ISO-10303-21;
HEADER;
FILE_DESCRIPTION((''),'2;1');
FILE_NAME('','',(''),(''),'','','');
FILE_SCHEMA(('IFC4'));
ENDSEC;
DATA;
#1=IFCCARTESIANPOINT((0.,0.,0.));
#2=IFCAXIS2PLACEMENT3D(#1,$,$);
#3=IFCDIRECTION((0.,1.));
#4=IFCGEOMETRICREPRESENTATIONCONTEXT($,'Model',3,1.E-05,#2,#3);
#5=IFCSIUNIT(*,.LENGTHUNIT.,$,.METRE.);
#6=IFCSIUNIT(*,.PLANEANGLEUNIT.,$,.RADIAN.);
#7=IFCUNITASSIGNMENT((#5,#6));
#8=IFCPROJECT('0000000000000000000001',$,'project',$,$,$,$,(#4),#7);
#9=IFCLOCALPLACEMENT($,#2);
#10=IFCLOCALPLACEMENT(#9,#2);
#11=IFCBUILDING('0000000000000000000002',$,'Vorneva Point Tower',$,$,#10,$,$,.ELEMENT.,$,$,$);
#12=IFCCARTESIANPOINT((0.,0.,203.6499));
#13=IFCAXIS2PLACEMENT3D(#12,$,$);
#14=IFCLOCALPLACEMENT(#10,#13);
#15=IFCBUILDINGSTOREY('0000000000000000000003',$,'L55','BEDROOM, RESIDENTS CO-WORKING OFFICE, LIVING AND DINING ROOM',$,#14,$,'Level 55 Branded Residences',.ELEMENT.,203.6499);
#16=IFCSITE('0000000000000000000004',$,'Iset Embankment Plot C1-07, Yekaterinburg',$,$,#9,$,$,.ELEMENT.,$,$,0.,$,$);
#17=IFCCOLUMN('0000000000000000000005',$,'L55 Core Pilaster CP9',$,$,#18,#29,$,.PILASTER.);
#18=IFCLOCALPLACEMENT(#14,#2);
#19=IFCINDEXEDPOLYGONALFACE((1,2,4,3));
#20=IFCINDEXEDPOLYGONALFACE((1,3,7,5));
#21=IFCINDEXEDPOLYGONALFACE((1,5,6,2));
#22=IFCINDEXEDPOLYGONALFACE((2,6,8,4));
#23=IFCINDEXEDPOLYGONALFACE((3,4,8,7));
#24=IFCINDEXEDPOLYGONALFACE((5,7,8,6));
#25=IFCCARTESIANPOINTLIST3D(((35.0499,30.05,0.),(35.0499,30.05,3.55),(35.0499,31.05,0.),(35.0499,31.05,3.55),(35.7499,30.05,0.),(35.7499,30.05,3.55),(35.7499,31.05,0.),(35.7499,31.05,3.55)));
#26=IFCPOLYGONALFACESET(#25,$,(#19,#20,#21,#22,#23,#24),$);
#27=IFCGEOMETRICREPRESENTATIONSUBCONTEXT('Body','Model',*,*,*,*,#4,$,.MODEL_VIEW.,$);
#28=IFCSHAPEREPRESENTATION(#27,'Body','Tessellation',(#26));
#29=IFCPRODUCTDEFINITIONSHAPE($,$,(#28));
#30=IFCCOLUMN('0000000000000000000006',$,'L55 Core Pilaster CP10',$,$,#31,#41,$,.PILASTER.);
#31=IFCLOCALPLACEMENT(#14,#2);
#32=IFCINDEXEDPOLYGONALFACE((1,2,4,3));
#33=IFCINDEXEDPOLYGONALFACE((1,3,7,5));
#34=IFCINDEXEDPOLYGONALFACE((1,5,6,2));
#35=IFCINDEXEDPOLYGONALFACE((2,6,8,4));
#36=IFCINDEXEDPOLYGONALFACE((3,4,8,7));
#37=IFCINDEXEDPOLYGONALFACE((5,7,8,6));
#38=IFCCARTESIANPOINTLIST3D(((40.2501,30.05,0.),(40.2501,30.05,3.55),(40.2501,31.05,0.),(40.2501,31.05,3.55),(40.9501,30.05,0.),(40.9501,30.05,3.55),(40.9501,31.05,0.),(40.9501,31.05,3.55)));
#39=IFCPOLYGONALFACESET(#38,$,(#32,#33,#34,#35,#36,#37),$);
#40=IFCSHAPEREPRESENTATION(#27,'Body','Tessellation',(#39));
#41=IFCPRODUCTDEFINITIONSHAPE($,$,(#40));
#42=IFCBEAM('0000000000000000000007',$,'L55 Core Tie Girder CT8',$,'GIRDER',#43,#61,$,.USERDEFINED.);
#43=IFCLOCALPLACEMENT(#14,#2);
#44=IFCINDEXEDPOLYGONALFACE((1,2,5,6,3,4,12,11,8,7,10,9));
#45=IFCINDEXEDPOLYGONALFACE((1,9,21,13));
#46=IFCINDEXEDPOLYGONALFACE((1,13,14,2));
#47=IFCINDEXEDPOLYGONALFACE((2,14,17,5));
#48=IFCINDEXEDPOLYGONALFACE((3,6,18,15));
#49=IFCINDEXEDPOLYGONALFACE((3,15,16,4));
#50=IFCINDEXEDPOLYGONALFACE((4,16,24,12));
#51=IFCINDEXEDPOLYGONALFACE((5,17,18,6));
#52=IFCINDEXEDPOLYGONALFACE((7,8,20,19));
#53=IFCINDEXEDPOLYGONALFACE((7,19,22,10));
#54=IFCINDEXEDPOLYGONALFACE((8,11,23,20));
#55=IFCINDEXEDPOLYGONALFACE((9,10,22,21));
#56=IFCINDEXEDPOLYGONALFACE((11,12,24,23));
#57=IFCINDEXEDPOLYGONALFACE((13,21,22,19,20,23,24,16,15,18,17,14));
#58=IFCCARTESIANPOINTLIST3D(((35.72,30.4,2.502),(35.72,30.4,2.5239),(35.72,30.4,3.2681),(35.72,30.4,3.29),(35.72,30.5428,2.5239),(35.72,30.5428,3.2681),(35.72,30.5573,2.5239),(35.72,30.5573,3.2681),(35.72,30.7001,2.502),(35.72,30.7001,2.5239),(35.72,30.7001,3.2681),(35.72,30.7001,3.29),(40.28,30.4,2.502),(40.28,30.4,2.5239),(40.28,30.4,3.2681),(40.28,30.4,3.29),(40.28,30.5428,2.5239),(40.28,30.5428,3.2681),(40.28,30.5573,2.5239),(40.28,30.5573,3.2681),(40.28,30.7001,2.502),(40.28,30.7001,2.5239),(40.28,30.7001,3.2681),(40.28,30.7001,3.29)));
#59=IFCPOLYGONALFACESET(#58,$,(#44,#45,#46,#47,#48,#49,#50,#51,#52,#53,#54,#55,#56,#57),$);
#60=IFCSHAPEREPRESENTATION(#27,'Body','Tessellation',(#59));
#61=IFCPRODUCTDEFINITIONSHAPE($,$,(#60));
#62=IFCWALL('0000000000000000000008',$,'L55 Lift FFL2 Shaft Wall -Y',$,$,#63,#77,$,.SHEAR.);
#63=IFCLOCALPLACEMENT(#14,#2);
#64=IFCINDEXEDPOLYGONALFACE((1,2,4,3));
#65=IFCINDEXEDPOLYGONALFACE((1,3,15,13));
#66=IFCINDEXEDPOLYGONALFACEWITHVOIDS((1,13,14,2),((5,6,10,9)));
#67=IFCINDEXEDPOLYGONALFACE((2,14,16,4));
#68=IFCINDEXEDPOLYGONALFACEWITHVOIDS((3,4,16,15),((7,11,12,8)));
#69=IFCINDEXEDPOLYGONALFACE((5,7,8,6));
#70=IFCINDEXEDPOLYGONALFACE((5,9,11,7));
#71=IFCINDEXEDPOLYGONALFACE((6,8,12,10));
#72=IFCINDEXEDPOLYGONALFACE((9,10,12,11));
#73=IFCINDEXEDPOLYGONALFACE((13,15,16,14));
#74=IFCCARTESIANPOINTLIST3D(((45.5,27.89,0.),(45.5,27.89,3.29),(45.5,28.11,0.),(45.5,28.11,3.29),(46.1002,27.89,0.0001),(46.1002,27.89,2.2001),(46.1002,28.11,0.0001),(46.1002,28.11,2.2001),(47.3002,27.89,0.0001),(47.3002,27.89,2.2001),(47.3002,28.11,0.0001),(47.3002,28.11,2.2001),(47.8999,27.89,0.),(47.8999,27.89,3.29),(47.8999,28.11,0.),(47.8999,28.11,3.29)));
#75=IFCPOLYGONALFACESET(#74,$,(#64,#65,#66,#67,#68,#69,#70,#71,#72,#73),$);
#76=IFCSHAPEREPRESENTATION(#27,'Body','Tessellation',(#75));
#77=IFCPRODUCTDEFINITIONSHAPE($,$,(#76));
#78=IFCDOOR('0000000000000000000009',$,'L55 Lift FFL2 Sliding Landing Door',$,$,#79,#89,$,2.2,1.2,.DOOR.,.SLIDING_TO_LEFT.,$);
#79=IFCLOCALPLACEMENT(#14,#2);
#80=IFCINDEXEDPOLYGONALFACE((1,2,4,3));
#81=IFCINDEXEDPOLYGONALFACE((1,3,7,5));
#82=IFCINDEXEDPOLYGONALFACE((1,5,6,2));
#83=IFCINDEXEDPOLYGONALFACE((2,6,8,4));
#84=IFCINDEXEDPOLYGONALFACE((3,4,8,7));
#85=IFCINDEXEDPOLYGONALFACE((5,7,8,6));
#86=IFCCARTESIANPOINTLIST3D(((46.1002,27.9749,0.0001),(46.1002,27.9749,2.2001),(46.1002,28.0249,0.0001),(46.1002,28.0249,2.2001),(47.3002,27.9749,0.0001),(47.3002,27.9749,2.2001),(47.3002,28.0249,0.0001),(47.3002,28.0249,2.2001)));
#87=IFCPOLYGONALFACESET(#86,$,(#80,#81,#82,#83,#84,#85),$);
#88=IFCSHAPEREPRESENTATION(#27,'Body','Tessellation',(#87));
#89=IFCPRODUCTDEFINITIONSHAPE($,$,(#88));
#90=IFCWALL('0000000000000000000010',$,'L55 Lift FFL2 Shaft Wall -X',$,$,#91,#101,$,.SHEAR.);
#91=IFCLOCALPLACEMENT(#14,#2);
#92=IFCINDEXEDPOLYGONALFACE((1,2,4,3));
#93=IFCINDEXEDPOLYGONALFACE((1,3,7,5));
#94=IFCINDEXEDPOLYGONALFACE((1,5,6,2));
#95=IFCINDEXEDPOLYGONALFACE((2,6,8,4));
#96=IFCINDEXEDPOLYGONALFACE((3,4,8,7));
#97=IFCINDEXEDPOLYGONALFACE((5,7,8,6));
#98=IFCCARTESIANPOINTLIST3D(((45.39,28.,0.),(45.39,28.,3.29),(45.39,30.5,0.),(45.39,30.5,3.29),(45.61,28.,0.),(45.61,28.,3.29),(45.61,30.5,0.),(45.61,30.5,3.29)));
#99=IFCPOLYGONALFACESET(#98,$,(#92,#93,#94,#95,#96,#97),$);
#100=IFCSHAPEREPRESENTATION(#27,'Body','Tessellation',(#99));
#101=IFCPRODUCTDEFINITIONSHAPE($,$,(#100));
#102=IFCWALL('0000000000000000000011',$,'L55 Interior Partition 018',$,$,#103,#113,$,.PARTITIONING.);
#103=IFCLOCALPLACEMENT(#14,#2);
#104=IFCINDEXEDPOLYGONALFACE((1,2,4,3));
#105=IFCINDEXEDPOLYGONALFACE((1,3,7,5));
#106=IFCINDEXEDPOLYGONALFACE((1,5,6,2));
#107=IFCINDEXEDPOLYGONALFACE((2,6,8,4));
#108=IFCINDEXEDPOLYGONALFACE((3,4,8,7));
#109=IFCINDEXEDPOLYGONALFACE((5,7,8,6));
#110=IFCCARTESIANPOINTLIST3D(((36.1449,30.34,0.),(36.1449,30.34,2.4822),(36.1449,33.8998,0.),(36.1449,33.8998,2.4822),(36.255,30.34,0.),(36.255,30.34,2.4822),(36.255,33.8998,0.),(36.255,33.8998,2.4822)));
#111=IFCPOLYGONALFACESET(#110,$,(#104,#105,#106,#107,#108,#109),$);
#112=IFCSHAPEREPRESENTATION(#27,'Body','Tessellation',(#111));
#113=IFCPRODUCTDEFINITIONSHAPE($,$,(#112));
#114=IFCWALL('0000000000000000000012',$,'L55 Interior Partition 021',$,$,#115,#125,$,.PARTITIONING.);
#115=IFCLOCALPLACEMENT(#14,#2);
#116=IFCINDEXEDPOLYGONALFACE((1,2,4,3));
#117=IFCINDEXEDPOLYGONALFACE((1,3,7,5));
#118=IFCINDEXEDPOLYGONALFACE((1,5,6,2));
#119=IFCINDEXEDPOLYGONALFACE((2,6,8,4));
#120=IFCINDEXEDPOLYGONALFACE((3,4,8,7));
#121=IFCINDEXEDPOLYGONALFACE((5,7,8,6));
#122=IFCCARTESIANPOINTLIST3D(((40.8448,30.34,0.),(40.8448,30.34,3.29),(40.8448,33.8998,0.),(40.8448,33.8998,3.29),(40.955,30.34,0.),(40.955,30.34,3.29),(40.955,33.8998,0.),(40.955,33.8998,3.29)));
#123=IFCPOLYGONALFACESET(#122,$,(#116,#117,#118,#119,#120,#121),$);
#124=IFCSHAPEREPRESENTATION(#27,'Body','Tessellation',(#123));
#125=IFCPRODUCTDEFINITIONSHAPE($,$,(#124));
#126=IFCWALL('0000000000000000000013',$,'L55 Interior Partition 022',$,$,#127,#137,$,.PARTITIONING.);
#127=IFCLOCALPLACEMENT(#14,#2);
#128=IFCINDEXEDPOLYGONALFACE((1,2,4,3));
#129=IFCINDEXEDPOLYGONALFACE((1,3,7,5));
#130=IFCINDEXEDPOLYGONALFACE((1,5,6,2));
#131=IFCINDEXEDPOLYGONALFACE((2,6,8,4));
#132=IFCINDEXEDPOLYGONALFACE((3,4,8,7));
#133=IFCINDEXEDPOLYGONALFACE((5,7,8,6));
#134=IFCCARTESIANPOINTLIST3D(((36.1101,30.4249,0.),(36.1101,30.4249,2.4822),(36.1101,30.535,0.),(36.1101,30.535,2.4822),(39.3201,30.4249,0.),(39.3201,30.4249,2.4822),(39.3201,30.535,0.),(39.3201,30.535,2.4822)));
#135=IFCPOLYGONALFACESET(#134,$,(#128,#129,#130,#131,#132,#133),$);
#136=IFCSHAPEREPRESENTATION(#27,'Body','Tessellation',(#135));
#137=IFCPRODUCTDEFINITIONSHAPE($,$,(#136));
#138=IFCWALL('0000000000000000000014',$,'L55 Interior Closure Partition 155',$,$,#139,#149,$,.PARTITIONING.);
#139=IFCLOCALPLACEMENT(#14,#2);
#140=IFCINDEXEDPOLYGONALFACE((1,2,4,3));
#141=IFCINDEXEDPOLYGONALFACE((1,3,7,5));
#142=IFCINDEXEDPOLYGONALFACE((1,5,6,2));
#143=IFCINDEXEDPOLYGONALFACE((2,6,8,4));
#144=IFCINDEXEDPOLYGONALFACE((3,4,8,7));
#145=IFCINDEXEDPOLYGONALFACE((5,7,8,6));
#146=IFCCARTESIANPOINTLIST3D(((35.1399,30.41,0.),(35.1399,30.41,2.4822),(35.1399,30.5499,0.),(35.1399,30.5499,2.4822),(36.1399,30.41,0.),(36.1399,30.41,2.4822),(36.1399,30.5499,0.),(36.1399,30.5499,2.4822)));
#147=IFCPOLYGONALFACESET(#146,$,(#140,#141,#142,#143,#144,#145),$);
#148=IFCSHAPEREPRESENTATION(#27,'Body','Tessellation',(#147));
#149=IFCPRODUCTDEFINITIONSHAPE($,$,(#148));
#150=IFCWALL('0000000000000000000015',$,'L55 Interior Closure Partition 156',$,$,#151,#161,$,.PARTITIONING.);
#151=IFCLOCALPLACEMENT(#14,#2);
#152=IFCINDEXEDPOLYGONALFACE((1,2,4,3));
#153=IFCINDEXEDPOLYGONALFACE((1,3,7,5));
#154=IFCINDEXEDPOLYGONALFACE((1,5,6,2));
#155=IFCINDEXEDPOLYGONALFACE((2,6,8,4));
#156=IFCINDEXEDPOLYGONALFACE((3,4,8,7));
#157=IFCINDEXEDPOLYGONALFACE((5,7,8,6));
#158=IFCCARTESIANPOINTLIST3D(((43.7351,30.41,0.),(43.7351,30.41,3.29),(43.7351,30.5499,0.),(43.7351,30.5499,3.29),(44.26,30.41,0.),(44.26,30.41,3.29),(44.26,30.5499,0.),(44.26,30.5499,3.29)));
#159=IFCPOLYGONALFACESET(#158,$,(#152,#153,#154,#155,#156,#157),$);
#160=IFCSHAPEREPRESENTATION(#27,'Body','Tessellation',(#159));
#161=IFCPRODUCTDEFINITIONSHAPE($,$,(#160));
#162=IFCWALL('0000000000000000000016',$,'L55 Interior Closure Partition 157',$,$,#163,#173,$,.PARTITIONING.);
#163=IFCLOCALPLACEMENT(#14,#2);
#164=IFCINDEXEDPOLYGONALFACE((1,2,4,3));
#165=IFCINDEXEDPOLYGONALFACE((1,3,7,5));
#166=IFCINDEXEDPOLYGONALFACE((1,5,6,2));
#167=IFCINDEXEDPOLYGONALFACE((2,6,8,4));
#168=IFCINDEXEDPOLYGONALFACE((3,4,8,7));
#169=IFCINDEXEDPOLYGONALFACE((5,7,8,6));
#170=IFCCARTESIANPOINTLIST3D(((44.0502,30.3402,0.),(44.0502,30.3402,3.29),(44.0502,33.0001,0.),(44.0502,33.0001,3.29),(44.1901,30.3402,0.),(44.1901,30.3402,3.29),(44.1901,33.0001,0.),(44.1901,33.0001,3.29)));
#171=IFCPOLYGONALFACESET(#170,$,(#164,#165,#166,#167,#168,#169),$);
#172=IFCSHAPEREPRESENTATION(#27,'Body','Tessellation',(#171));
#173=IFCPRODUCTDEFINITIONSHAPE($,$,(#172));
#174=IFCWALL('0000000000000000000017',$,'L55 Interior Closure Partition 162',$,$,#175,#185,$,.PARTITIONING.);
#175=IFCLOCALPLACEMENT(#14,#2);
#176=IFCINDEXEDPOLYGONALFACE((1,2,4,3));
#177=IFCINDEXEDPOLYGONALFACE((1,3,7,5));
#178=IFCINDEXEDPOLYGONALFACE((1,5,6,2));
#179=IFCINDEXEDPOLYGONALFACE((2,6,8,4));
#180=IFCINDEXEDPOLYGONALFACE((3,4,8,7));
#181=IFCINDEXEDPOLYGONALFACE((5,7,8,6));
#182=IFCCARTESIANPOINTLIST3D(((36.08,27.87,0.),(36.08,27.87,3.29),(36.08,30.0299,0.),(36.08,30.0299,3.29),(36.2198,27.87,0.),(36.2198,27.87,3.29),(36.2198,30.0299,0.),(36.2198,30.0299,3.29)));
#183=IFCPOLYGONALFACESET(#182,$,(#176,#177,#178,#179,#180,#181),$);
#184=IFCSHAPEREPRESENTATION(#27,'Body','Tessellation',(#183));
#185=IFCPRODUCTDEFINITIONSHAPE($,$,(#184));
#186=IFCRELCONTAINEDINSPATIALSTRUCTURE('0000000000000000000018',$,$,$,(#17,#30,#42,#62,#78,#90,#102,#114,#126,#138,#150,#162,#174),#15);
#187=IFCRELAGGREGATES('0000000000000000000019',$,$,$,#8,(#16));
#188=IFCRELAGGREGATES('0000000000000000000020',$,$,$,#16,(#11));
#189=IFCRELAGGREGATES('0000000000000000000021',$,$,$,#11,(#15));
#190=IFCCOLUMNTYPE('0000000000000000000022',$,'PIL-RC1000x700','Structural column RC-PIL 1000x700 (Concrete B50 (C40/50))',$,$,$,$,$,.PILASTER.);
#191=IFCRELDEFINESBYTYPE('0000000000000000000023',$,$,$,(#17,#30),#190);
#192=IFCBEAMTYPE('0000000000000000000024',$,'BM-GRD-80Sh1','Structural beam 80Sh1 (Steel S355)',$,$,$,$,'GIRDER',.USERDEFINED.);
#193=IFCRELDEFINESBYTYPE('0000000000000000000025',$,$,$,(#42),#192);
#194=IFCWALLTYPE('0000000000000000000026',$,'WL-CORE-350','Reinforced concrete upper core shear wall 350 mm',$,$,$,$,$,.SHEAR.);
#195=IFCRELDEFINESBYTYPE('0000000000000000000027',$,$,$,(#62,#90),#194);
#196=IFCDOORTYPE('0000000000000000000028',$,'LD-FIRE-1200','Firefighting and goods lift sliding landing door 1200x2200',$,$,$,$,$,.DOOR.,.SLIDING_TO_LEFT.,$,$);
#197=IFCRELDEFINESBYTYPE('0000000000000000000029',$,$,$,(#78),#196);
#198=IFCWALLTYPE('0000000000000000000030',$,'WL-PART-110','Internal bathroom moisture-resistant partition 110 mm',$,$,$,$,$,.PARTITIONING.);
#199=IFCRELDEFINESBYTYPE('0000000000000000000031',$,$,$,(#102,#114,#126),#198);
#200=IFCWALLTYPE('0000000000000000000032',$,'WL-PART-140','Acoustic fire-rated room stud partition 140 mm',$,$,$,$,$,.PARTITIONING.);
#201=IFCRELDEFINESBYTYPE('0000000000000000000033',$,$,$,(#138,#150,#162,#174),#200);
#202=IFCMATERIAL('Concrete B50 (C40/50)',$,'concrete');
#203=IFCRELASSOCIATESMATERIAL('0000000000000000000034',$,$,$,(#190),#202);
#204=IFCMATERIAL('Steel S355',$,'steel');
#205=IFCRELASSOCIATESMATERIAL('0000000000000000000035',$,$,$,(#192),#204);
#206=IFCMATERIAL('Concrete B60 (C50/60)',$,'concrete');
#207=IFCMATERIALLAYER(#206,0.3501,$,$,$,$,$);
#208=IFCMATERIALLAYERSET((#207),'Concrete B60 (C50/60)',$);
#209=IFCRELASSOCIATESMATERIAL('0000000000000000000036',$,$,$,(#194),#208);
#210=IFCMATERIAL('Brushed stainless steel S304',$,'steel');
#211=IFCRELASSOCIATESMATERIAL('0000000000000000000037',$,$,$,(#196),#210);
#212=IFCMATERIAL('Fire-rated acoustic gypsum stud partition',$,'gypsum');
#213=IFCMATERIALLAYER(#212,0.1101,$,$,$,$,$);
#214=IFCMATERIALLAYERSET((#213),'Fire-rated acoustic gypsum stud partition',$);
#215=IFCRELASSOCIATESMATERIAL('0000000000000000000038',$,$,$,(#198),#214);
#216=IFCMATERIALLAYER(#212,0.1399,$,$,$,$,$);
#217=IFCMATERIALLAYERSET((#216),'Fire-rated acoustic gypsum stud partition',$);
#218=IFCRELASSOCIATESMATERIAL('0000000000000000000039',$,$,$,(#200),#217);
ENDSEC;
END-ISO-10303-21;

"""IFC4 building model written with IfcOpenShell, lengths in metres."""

from ifc_helpers import new_model, si_unit, direction, frame, frame_2d, origin, origin_2d, place, context, subcontext, project, spatial, rectangle, i_section, extrude, material, layer, layer_set, material_profile, profile_set, type_object, element, fill, save


model = new_model("IFC4")

# Units and contexts
model_context = context("Model", 3, precision=1e-05, world=origin(), true_north=direction((0.0, 1.0)))
body_context = subcontext(model_context, "Body", "Model", "MODEL_VIEW")
ifc_project = project(units=[si_unit("LENGTHUNIT", "METRE"), si_unit("PLANEANGLEUNIT", "RADIAN")], contexts=[model_context])

# Site, building, storey
site_placement = place(None, origin())
site = spatial("IfcSite", under=ifc_project, at=site_placement, Name="Iset Embankment Plot C1-07, Yekaterinburg", CompositionType="ELEMENT", RefElevation=0.0)
building_placement = place(site_placement, origin())
building = spatial("IfcBuilding", under=site, at=building_placement, Name="Vorneva Point Tower", CompositionType="ELEMENT")
storey_placement = place(building_placement, frame((0.0, 0.0, 203.6499)))
storey = spatial("IfcBuildingStorey", under=building, at=storey_placement, Name="L55", Description="BEDROOM, RESIDENTS CO-WORKING OFFICE, LIVING AND DINING ROOM", LongName="Level 55 Branded Residences", CompositionType="ELEMENT", Elevation=203.6499)

# Columns
ifc_material_1 = material(Name="Concrete B50 (C40/50)", Category="concrete")
ifc_material_profile_1 = material_profile(ifc_material_1, rectangle(XDim=0.7, YDim=1.0, at=origin_2d()), Name="RC-PIL 1000x700")
ifc_profile_set_1 = profile_set([ifc_material_profile_1], Name="Concrete B50 (C40/50)")
column_type = type_object("IfcColumnType", Name="PIL-RC1000x700", Description="Structural column RC-PIL 1000x700 (Concrete B50 (C40/50))", PredefinedType="PILASTER", material=ifc_profile_set_1)
for number, where, z_axis, x_axis, name in (
    (1, (35.3999, 30.55, 0.0), (0.0, 0.0, 1.0), (1.0, 0.0, 0.0), "L55 Core Pilaster CP9"),
    (2, (40.6001, 30.55, 0.0), (0.0, 0.0, 1.0), (1.0, 0.0, 0.0), "L55 Core Pilaster CP10"),
):
    element("IfcColumn", number, at=place(storey_placement, frame(where, z_axis=z_axis, x_axis=x_axis)), inside=storey, type_object=column_type, Name=name, PredefinedType="PILASTER", context=body_context, shape_type="SweptSolid", body=[
        extrude(rectangle(XDim=0.7, YDim=1.0, at=origin_2d()), origin(), (0.0, 0.0, 1.0), 3.55),
    ])

# Beam
ifc_material_2 = material(Name="Steel S355", Category="steel")
ifc_material_profile_2 = material_profile(ifc_material_2, i_section(OverallWidth=0.3, OverallDepth=0.7881, WebThickness=0.0144, FlangeThickness=0.022, at=origin_2d()), Name="80Sh1")
ifc_profile_set_2 = profile_set([ifc_material_profile_2], Name="Steel S355")
beam_type = type_object("IfcBeamType", Name="BM-GRD-80Sh1", Description="Structural beam 80Sh1 (Steel S355)", ElementType="GIRDER", PredefinedType="USERDEFINED", material=ifc_profile_set_2)
beam_placement = place(storey_placement, frame((35.72, 30.55, 2.896), z_axis=(1.0, 0.0, 0.0), x_axis=(0.0, 1.0, 0.0)))
element("IfcBeam", 3, at=beam_placement, inside=storey, type_object=beam_type, Name="L55 Core Tie Girder CT8", ObjectType="GIRDER", PredefinedType="USERDEFINED", context=body_context, shape_type="SweptSolid", body=[
    extrude(i_section(OverallWidth=0.3, OverallDepth=0.7881, WebThickness=0.0144, FlangeThickness=0.022, at=origin_2d()), origin(), (0.0, 0.0, 1.0), 4.5601),
])

# Wall, opening, door
ifc_material_3 = material(Name="Concrete B60 (C50/60)", Category="concrete")
ifc_layer_1 = layer(ifc_material_3, 0.3501)
ifc_layer_set_1 = layer_set([ifc_layer_1], Name="Concrete B60 (C50/60)")
wall_type_1 = type_object("IfcWallType", Name="WL-CORE-350", Description="Reinforced concrete upper core shear wall 350 mm", PredefinedType="SHEAR", material=ifc_layer_set_1)
wall_1_placement = place(storey_placement, frame((45.5, 28.0, 0.0), z_axis=(0.0, 0.0, 1.0), x_axis=(1.0, 0.0, 0.0)))
wall_1 = element("IfcWall", 4, at=wall_1_placement, inside=storey, type_object=wall_type_1, Name="L55 Lift FFL2 Shaft Wall -Y", PredefinedType="SHEAR", context=body_context, shape_type="SweptSolid", body=[
    extrude(rectangle(XDim=2.3999, YDim=0.22, at=frame_2d((1.2, 0.0))), origin(), (0.0, 0.0, 1.0), 3.29),
])
opening_1_placement = place(wall_1_placement, frame((0.6001, 0.0, 0.0)))
opening_1 = element("IfcOpeningElement", 5, at=opening_1_placement, cuts=wall_1, PredefinedType="OPENING", context=body_context, shape_type="SweptSolid", body=[
    extrude(rectangle(XDim=1.2, YDim=2.2, at=frame_2d((0.6001, 1.1001))), frame((0.0, 0.125, 0.0), z_axis=(0.0, -1.0, 0.0), x_axis=(1.0, 0.0, 0.0)), (0.0, 0.0, 1.0), 0.2498),
])
ifc_material_4 = material(Name="Brushed stainless steel S304", Category="steel")
door_type_1 = type_object("IfcDoorType", Name="LD-FIRE-1200", Description="Firefighting and goods lift sliding landing door 1200x2200", OperationType="SLIDING_TO_LEFT", PredefinedType="DOOR", material=ifc_material_4)
door_1_placement = place(opening_1_placement, origin())
door_1 = element("IfcDoor", 6, at=door_1_placement, inside=storey, type_object=door_type_1, Name="L55 Lift FFL2 Sliding Landing Door", OperationType="SLIDING_TO_LEFT", OverallHeight=2.2, OverallWidth=1.2, PredefinedType="DOOR", context=body_context, shape_type="SweptSolid", body=[
    extrude(rectangle(XDim=1.2, YDim=2.2, at=frame_2d((0.6001, 1.1001))), frame((0.0, 0.0249, 0.0), z_axis=(0.0, -1.0, 0.0), x_axis=(1.0, 0.0, 0.0)), (0.0, 0.0, 1.0), 0.05),
])
fill(opening_1, door_1)

# Walls
wall_2_placement = place(storey_placement, frame((45.5, 30.5, 0.0), z_axis=(0.0, 0.0, 1.0), x_axis=(0.0, -1.0, 0.0)))
element("IfcWall", 7, at=wall_2_placement, inside=storey, type_object=wall_type_1, Name="L55 Lift FFL2 Shaft Wall -X", PredefinedType="SHEAR", context=body_context, shape_type="SweptSolid", body=[
    extrude(rectangle(XDim=2.5, YDim=0.22, at=frame_2d((1.25, 0.0))), origin(), (0.0, 0.0, 1.0), 3.29),
])
ifc_material_5 = material(Name="Fire-rated acoustic gypsum stud partition", Category="gypsum")
ifc_layer_2 = layer(ifc_material_5, 0.1101)
ifc_layer_set_2 = layer_set([ifc_layer_2], Name="Fire-rated acoustic gypsum stud partition")
wall_type_2 = type_object("IfcWallType", Name="WL-PART-110", Description="Internal bathroom moisture-resistant partition 110 mm", PredefinedType="PARTITIONING", material=ifc_layer_set_2)
wall_3_placement = place(storey_placement, frame((36.2, 30.3401, 0.0), z_axis=(0.0, 0.0, 1.0), x_axis=(0.0, 1.0, 0.0)))
element("IfcWall", 8, at=wall_3_placement, inside=storey, type_object=wall_type_2, Name="L55 Interior Partition 018", PredefinedType="PARTITIONING", context=body_context, shape_type="SweptSolid", body=[
    extrude(rectangle(XDim=3.5598, YDim=0.1101, at=frame_2d((1.7798, 0.0))), origin(), (0.0, 0.0, 1.0), 2.4822),
])
wall_4_placement = place(storey_placement, frame((40.8999, 30.3401, 0.0), z_axis=(0.0, 0.0, 1.0), x_axis=(0.0, 1.0, 0.0)))
element("IfcWall", 9, at=wall_4_placement, inside=storey, type_object=wall_type_2, Name="L55 Interior Partition 021", PredefinedType="PARTITIONING", context=body_context, shape_type="SweptSolid", body=[
    extrude(rectangle(XDim=3.5598, YDim=0.1101, at=frame_2d((1.7798, 0.0))), origin(), (0.0, 0.0, 1.0), 3.29),
])
wall_5_placement = place(storey_placement, frame((36.1101, 30.48, 0.0), z_axis=(0.0, 0.0, 1.0), x_axis=(1.0, 0.0, 0.0)))
element("IfcWall", 10, at=wall_5_placement, inside=storey, type_object=wall_type_2, Name="L55 Interior Partition 022", PredefinedType="PARTITIONING", context=body_context, shape_type="SweptSolid", body=[
    extrude(rectangle(XDim=3.21, YDim=0.1101, at=frame_2d((1.605, 0.0))), origin(), (0.0, 0.0, 1.0), 2.4822),
])
ifc_layer_3 = layer(ifc_material_5, 0.1399)
ifc_layer_set_3 = layer_set([ifc_layer_3], Name="Fire-rated acoustic gypsum stud partition")
wall_type_3 = type_object("IfcWallType", Name="WL-PART-140", Description="Acoustic fire-rated room stud partition 140 mm", PredefinedType="PARTITIONING", material=ifc_layer_set_3)
wall_6_placement = place(storey_placement, frame((35.1399, 30.48, 0.0), z_axis=(0.0, 0.0, 1.0), x_axis=(1.0, 0.0, 0.0)))
element("IfcWall", 11, at=wall_6_placement, inside=storey, type_object=wall_type_3, Name="L55 Interior Closure Partition 155", PredefinedType="PARTITIONING", context=body_context, shape_type="SweptSolid", body=[
    extrude(rectangle(XDim=1.0, YDim=0.1399, at=frame_2d((0.5, 0.0))), origin(), (0.0, 0.0, 1.0), 2.4822),
])
wall_7_placement = place(storey_placement, frame((43.7351, 30.48, 0.0), z_axis=(0.0, 0.0, 1.0), x_axis=(1.0, 0.0, 0.0)))
element("IfcWall", 12, at=wall_7_placement, inside=storey, type_object=wall_type_3, Name="L55 Interior Closure Partition 156", PredefinedType="PARTITIONING", context=body_context, shape_type="SweptSolid", body=[
    extrude(rectangle(XDim=0.5249, YDim=0.1399, at=frame_2d((0.2625, 0.0))), origin(), (0.0, 0.0, 1.0), 3.29),
])
wall_8_placement = place(storey_placement, frame((44.1201, 30.3401, 0.0), z_axis=(0.0, 0.0, 1.0), x_axis=(0.0, 1.0, 0.0)))
element("IfcWall", 13, at=wall_8_placement, inside=storey, type_object=wall_type_3, Name="L55 Interior Closure Partition 157", PredefinedType="PARTITIONING", context=body_context, shape_type="SweptSolid", body=[
    extrude(rectangle(XDim=2.6599, YDim=0.1399, at=frame_2d((1.3301, 0.0))), origin(), (0.0, 0.0, 1.0), 3.29),
])
wall_9_placement = place(storey_placement, frame((36.1499, 30.03, 0.0), z_axis=(0.0, 0.0, 1.0), x_axis=(0.0, -1.0, 0.0)))
element("IfcWall", 14, at=wall_9_placement, inside=storey, type_object=wall_type_3, Name="L55 Interior Closure Partition 162", PredefinedType="PARTITIONING", context=body_context, shape_type="SweptSolid", body=[
    extrude(rectangle(XDim=2.1599, YDim=0.1399, at=frame_2d((1.0801, 0.0))), origin(), (0.0, 0.0, 1.0), 3.29),
])

save(model, "model.ifc")
